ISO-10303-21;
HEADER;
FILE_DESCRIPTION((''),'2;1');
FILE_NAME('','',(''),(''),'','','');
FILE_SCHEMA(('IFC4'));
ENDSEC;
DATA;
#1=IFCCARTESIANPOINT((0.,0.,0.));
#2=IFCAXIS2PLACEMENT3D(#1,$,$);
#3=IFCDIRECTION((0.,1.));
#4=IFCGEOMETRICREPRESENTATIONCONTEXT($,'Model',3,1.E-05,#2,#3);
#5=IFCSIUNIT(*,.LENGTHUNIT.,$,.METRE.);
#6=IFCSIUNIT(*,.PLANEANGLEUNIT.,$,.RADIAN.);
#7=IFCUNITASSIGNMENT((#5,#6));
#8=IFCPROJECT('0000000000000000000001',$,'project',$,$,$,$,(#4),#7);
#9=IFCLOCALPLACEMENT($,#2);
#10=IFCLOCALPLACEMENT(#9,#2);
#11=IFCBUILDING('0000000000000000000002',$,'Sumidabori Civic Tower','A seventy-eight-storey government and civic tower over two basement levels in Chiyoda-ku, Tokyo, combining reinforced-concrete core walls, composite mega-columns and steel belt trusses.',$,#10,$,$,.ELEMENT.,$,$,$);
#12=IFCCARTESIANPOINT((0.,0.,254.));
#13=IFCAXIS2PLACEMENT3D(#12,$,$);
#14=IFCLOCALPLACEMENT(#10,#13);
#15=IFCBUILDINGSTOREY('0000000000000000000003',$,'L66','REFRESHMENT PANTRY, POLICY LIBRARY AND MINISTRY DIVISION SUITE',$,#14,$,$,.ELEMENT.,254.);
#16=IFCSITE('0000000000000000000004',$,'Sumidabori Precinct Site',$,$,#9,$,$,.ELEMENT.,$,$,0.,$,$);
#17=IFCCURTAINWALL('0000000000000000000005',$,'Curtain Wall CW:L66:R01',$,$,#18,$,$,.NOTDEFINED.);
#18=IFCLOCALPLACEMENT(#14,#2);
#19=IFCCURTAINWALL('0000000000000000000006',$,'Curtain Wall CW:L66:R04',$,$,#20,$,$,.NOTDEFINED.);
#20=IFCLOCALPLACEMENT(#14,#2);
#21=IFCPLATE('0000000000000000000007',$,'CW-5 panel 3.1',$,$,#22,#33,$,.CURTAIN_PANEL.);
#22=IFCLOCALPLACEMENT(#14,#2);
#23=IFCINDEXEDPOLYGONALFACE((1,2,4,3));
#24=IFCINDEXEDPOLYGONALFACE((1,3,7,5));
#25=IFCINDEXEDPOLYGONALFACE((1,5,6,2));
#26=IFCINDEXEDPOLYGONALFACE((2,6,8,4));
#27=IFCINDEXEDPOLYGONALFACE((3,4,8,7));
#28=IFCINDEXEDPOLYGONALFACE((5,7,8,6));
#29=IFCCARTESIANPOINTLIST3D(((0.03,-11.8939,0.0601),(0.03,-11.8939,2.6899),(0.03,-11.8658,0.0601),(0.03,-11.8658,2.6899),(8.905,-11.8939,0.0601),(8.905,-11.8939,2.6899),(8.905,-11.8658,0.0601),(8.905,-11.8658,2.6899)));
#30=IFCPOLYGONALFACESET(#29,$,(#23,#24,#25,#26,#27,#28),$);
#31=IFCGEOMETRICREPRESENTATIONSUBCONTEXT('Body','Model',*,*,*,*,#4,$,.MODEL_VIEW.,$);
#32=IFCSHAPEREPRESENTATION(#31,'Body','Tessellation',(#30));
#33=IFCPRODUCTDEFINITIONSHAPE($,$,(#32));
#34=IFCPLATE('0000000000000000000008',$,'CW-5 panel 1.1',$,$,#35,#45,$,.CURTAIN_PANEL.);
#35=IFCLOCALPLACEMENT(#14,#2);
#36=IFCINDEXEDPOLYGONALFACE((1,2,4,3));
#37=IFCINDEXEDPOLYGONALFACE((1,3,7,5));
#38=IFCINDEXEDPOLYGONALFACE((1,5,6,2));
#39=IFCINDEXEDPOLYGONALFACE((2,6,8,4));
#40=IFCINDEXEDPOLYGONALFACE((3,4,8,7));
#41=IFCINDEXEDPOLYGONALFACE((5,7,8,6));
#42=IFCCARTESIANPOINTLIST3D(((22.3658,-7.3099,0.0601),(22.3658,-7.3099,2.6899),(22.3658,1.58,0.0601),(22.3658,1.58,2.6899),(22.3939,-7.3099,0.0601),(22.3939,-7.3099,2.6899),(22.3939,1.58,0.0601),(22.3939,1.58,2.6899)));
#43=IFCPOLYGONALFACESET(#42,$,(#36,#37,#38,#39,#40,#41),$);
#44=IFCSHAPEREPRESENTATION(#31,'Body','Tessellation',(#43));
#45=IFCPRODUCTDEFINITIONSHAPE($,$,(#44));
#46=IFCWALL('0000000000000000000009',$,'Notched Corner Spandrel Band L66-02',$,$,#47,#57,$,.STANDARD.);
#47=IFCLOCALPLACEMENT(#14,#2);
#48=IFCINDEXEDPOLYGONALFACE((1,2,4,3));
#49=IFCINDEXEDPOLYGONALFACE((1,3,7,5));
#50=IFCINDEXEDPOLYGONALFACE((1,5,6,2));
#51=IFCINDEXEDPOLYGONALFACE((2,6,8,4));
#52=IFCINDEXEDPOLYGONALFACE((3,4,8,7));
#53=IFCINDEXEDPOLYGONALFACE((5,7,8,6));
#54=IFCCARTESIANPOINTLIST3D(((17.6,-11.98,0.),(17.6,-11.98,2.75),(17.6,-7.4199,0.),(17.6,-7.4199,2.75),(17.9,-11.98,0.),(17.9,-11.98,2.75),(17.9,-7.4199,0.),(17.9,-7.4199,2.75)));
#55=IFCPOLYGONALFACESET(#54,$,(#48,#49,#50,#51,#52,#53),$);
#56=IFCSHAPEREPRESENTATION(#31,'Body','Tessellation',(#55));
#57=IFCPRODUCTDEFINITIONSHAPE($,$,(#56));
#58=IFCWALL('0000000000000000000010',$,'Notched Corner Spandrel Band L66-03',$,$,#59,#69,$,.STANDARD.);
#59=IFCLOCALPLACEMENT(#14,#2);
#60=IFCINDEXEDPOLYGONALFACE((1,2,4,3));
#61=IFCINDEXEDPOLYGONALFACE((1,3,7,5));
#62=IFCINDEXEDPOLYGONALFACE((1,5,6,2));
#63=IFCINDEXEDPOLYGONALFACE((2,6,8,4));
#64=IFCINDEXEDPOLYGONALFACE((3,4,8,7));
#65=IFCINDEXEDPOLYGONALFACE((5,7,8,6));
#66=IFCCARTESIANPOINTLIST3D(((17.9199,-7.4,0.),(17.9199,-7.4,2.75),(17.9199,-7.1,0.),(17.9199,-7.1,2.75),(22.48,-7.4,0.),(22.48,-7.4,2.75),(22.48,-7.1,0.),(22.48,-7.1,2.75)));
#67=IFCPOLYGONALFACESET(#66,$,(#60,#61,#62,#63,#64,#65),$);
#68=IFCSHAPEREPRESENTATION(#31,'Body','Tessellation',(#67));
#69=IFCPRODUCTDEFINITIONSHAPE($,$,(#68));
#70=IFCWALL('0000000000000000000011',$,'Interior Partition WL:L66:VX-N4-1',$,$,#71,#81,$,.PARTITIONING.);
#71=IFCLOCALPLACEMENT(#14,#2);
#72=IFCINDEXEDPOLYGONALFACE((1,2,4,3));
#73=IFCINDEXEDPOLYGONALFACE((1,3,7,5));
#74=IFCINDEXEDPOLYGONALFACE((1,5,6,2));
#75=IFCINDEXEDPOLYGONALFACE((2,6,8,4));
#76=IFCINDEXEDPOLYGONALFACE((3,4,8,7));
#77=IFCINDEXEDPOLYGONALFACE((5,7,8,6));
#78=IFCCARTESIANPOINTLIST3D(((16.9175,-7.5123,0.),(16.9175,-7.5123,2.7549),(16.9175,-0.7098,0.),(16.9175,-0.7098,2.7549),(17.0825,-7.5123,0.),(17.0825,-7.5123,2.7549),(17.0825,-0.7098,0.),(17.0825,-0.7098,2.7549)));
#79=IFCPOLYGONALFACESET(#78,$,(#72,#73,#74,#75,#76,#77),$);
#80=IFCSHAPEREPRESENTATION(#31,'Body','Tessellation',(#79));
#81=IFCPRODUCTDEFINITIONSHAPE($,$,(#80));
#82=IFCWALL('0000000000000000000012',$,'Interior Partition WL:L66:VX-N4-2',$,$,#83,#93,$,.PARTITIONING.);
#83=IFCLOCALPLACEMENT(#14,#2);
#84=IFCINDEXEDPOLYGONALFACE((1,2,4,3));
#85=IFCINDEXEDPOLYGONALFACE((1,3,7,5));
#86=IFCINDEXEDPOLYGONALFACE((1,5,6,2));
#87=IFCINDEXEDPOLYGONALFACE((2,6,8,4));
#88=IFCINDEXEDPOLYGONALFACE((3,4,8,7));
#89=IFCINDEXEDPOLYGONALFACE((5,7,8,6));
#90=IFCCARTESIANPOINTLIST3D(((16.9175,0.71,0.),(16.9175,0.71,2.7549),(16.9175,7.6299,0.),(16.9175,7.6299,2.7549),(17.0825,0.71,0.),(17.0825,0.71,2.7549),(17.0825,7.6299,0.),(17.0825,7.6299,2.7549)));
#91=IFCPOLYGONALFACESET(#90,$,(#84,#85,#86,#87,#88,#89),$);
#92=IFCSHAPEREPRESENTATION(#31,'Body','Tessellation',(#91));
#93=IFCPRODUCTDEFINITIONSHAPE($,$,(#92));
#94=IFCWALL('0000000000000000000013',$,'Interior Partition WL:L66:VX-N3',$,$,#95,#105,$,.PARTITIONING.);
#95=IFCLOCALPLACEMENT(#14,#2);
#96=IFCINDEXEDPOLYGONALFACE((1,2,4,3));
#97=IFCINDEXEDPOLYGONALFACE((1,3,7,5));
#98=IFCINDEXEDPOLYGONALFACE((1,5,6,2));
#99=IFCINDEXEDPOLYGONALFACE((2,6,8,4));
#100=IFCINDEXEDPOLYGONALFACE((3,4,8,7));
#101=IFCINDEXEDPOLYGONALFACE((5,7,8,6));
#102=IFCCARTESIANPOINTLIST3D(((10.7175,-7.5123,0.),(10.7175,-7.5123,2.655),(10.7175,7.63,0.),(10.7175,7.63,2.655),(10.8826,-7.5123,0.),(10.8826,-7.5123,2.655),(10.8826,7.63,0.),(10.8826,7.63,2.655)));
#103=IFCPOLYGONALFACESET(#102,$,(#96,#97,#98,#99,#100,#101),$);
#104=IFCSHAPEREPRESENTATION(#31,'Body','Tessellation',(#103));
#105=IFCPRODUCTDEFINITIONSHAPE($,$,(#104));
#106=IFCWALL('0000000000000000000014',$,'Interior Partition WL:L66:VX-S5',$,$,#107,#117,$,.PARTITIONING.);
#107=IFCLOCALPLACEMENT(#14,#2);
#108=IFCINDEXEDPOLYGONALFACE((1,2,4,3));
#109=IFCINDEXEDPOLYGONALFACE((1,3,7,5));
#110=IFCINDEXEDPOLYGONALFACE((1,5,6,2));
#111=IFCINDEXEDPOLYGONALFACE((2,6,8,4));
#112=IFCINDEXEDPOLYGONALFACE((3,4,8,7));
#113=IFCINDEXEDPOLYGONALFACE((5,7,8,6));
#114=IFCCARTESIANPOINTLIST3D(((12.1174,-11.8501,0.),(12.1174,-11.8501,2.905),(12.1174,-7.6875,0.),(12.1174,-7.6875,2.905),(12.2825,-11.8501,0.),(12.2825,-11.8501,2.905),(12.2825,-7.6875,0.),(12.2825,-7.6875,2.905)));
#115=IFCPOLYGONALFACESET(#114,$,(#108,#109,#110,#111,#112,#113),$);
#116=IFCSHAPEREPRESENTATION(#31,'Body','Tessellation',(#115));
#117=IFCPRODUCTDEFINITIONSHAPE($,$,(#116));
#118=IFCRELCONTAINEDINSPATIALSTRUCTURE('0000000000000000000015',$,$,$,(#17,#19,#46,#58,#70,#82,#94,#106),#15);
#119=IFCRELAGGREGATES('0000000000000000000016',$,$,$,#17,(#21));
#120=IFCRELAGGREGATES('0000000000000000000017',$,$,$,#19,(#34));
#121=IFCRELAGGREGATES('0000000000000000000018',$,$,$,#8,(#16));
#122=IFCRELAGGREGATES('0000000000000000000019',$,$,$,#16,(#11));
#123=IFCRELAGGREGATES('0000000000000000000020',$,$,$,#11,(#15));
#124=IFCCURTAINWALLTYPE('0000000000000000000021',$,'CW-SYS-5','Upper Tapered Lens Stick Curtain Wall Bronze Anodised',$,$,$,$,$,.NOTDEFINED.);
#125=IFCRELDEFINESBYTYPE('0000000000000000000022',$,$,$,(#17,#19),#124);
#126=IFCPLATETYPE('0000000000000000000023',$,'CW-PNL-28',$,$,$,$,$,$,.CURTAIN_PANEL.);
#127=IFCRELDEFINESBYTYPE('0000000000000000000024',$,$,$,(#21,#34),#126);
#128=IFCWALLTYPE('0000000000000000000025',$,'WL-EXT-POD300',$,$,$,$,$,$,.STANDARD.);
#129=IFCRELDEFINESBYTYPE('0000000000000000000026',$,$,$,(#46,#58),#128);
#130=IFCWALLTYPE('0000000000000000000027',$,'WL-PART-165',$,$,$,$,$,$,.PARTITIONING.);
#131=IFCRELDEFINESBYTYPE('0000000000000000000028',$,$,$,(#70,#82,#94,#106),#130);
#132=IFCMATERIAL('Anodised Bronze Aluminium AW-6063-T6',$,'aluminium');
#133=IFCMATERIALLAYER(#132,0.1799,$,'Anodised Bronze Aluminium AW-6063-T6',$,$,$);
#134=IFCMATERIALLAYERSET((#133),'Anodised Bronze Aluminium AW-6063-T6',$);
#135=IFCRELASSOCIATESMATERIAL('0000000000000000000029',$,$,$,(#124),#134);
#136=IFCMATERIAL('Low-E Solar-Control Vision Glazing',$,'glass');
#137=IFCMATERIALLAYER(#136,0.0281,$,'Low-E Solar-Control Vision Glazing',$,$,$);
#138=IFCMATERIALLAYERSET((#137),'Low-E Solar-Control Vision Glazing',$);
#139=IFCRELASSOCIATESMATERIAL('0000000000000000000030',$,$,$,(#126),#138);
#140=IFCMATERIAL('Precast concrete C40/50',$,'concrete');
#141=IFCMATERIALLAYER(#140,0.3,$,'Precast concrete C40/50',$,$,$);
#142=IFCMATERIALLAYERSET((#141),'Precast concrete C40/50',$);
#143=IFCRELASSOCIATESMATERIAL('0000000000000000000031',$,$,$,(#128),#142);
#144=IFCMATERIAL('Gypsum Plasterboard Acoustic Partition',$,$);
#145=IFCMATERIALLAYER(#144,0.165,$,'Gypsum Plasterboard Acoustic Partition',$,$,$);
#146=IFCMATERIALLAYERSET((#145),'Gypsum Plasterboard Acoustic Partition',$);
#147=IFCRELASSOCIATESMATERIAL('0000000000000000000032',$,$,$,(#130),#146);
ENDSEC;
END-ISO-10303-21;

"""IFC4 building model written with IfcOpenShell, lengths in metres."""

from ifc_helpers import new_model, si_unit, direction, frame, frame_2d, origin, origin_2d, place, context, subcontext, project, spatial, rectangle, extrude, source, transform, mapped, material, layer, layer_set, type_object, element, aggregate, save


model = new_model("IFC4")

# Units and contexts
model_context = context("Model", 3, precision=1e-05, world=origin(), true_north=direction((0.0, 1.0)))
body_context = subcontext(model_context, "Body", "Model", "MODEL_VIEW")
ifc_project = project(units=[si_unit("LENGTHUNIT", "METRE"), si_unit("PLANEANGLEUNIT", "RADIAN")], contexts=[model_context])

# Site, building, storey
site_placement = place(None, origin())
site = spatial("IfcSite", under=ifc_project, at=site_placement, Name="Sumidabori Precinct Site", CompositionType="ELEMENT", RefElevation=0.0)
building_placement = place(site_placement, origin())
building = spatial("IfcBuilding", under=site, at=building_placement, Name="Sumidabori Civic Tower", Description="A seventy-eight-storey government and civic tower over two basement levels in Chiyoda-ku, Tokyo, combining reinforced-concrete core walls, composite mega-columns and steel belt trusses.", CompositionType="ELEMENT")
storey_placement = place(building_placement, frame((0.0, 0.0, 254.0)))
storey = spatial("IfcBuildingStorey", under=building, at=storey_placement, Name="L66", Description="REFRESHMENT PANTRY, POLICY LIBRARY AND MINISTRY DIVISION SUITE", CompositionType="ELEMENT", Elevation=254.0)

# Curtain walls
ifc_material_1 = material(Name="Anodised Bronze Aluminium AW-6063-T6", Category="aluminium")
ifc_layer_1 = layer(ifc_material_1, 0.1799, Name="Anodised Bronze Aluminium AW-6063-T6")
ifc_layer_set_1 = layer_set([ifc_layer_1], Name="Anodised Bronze Aluminium AW-6063-T6")
curtain_wall_type = type_object("IfcCurtainWallType", Name="CW-SYS-5", Description="Upper Tapered Lens Stick Curtain Wall Bronze Anodised", PredefinedType="NOTDEFINED", material=ifc_layer_set_1)
curtain_wall_1_placement = place(storey_placement, origin())
curtain_wall_1 = element("IfcCurtainWall", 1, at=curtain_wall_1_placement, inside=storey, type_object=curtain_wall_type, Name="Curtain Wall CW:L66:R01", PredefinedType="NOTDEFINED")
curtain_wall_2_placement = place(storey_placement, origin())
curtain_wall_2 = element("IfcCurtainWall", 2, at=curtain_wall_2_placement, inside=storey, type_object=curtain_wall_type, Name="Curtain Wall CW:L66:R04", PredefinedType="NOTDEFINED")

# Plates
ifc_material_2 = material(Name="Low-E Solar-Control Vision Glazing", Category="glass")
ifc_layer_2 = layer(ifc_material_2, 0.0281, Name="Low-E Solar-Control Vision Glazing")
ifc_layer_set_2 = layer_set([ifc_layer_2], Name="Low-E Solar-Control Vision Glazing")
plate_type = type_object("IfcPlateType", Name="CW-PNL-28", PredefinedType="CURTAIN_PANEL", material=ifc_layer_set_2)
shared_shape_1 = source(origin(), body_context, "Body", "SweptSolid", [
    extrude(rectangle(XDim=8.875, YDim=0.0281, at=origin_2d()), origin(), (0.0, 0.0, 1.0), 2.6299),
])
plate_1_placement = place(storey_placement, frame((4.4675, -11.8799, 0.0601), z_axis=(0.0, 0.0, 1.0), x_axis=(1.0, 0.0, 0.0)))
plate_1 = element("IfcPlate", 3, at=plate_1_placement, type_object=plate_type, Name="CW-5 panel 3.1", PredefinedType="CURTAIN_PANEL", context=body_context, shape_type="MappedRepresentation", body=[
    mapped(shared_shape_1, transform((0.0, 0.0, 0.0), x_axis=(1.0, 0.0, 0.0), y_axis=(0.0, 1.0, 0.0), z_axis=(0.0, 0.0, 1.0), scale=1.0)),
])
aggregate(curtain_wall_1, [plate_1])
shared_shape_2 = source(origin(), body_context, "Body", "SweptSolid", [
    extrude(rectangle(XDim=8.8899, YDim=0.0281, at=origin_2d()), origin(), (0.0, 0.0, 1.0), 2.6299),
])
plate_2_placement = place(storey_placement, frame((22.3799, -2.865, 0.0601), z_axis=(0.0, 0.0, 1.0), x_axis=(0.0, 1.0, 0.0)))
plate_2 = element("IfcPlate", 4, at=plate_2_placement, type_object=plate_type, Name="CW-5 panel 1.1", PredefinedType="CURTAIN_PANEL", context=body_context, shape_type="MappedRepresentation", body=[
    mapped(shared_shape_2, transform((0.0, 0.0, 0.0), x_axis=(1.0, 0.0, 0.0), y_axis=(0.0, 1.0, 0.0), z_axis=(0.0, 0.0, 1.0), scale=1.0)),
])
aggregate(curtain_wall_2, [plate_2])

# Walls
ifc_material_3 = material(Name="Precast concrete C40/50", Category="concrete")
ifc_layer_3 = layer(ifc_material_3, 0.3, Name="Precast concrete C40/50")
ifc_layer_set_3 = layer_set([ifc_layer_3], Name="Precast concrete C40/50")
wall_type_1 = type_object("IfcWallType", Name="WL-EXT-POD300", PredefinedType="STANDARD", material=ifc_layer_set_3)
shared_shape_3 = source(origin(), body_context, "Body", "SweptSolid", [
    extrude(rectangle(XDim=4.5601, YDim=0.3, at=frame_2d((2.28, 0.0))), origin(), (0.0, 0.0, 1.0), 2.75),
])
for number, where, z_axis, x_axis, name in (
    (5, (17.75, -11.98, 0.0), (0.0, 0.0, 1.0), (0.0, 1.0, 0.0), "Notched Corner Spandrel Band L66-02"),
    (6, (17.9199, -7.25, 0.0), (0.0, 0.0, 1.0), (1.0, 0.0, 0.0), "Notched Corner Spandrel Band L66-03"),
):
    element("IfcWall", number, at=place(storey_placement, frame(where, z_axis=z_axis, x_axis=x_axis)), inside=storey, type_object=wall_type_1, Name=name, PredefinedType="STANDARD", context=body_context, shape_type="MappedRepresentation", body=[
        mapped(shared_shape_3, transform((0.0, 0.0, 0.0), x_axis=(1.0, 0.0, 0.0), y_axis=(0.0, 1.0, 0.0), z_axis=(0.0, 0.0, 1.0), scale=1.0)),
    ])
ifc_material_4 = material(Name="Gypsum Plasterboard Acoustic Partition")
ifc_layer_4 = layer(ifc_material_4, 0.165, Name="Gypsum Plasterboard Acoustic Partition")
ifc_layer_set_4 = layer_set([ifc_layer_4], Name="Gypsum Plasterboard Acoustic Partition")
wall_type_2 = type_object("IfcWallType", Name="WL-PART-165", PredefinedType="PARTITIONING", material=ifc_layer_set_4)
shared_shape_4 = source(origin(), body_context, "Body", "SweptSolid", [
    extrude(rectangle(XDim=6.8025, YDim=0.165, at=frame_2d((3.4014, 0.0))), origin(), (0.0, 0.0, 1.0), 2.7549),
])
wall_1_placement = place(storey_placement, frame((17.0, -7.5125, 0.0), z_axis=(0.0, 0.0, 1.0), x_axis=(0.0, 1.0, 0.0)))
element("IfcWall", 7, at=wall_1_placement, inside=storey, type_object=wall_type_2, Name="Interior Partition WL:L66:VX-N4-1", PredefinedType="PARTITIONING", context=body_context, shape_type="MappedRepresentation", body=[
    mapped(shared_shape_4, transform((0.0, 0.0, 0.0), x_axis=(1.0, 0.0, 0.0), y_axis=(0.0, 1.0, 0.0), z_axis=(0.0, 0.0, 1.0), scale=1.0)),
])
shared_shape_5 = source(origin(), body_context, "Body", "SweptSolid", [
    extrude(rectangle(XDim=6.9199, YDim=0.165, at=frame_2d((3.46, 0.0))), origin(), (0.0, 0.0, 1.0), 2.7549),
])
wall_2_placement = place(storey_placement, frame((17.0, 0.71, 0.0), z_axis=(0.0, 0.0, 1.0), x_axis=(0.0, 1.0, 0.0)))
element("IfcWall", 8, at=wall_2_placement, inside=storey, type_object=wall_type_2, Name="Interior Partition WL:L66:VX-N4-2", PredefinedType="PARTITIONING", context=body_context, shape_type="MappedRepresentation", body=[
    mapped(shared_shape_5, transform((0.0, 0.0, 0.0), x_axis=(1.0, 0.0, 0.0), y_axis=(0.0, 1.0, 0.0), z_axis=(0.0, 0.0, 1.0), scale=1.0)),
])
shared_shape_6 = source(origin(), body_context, "Body", "SweptSolid", [
    extrude(rectangle(XDim=15.1423, YDim=0.165, at=frame_2d((7.5713, 0.0))), origin(), (0.0, 0.0, 1.0), 2.655),
])
wall_3_placement = place(storey_placement, frame((10.8, -7.5125, 0.0), z_axis=(0.0, 0.0, 1.0), x_axis=(0.0, 1.0, 0.0)))
element("IfcWall", 9, at=wall_3_placement, inside=storey, type_object=wall_type_2, Name="Interior Partition WL:L66:VX-N3", PredefinedType="PARTITIONING", context=body_context, shape_type="MappedRepresentation", body=[
    mapped(shared_shape_6, transform((0.0, 0.0, 0.0), x_axis=(1.0, 0.0, 0.0), y_axis=(0.0, 1.0, 0.0), z_axis=(0.0, 0.0, 1.0), scale=1.0)),
])
shared_shape_7 = source(origin(), body_context, "Body", "SweptSolid", [
    extrude(rectangle(XDim=4.1626, YDim=0.165, at=frame_2d((2.0813, 0.0))), origin(), (0.0, 0.0, 1.0), 2.905),
])
wall_4_placement = place(storey_placement, frame((12.2, -11.8501, 0.0), z_axis=(0.0, 0.0, 1.0), x_axis=(0.0, 1.0, 0.0)))
element("IfcWall", 10, at=wall_4_placement, inside=storey, type_object=wall_type_2, Name="Interior Partition WL:L66:VX-S5", PredefinedType="PARTITIONING", context=body_context, shape_type="MappedRepresentation", body=[
    mapped(shared_shape_7, transform((0.0, 0.0, 0.0), x_axis=(1.0, 0.0, 0.0), y_axis=(0.0, 1.0, 0.0), z_axis=(0.0, 0.0, 1.0), scale=1.0)),
])

save(model, "model.ifc")
